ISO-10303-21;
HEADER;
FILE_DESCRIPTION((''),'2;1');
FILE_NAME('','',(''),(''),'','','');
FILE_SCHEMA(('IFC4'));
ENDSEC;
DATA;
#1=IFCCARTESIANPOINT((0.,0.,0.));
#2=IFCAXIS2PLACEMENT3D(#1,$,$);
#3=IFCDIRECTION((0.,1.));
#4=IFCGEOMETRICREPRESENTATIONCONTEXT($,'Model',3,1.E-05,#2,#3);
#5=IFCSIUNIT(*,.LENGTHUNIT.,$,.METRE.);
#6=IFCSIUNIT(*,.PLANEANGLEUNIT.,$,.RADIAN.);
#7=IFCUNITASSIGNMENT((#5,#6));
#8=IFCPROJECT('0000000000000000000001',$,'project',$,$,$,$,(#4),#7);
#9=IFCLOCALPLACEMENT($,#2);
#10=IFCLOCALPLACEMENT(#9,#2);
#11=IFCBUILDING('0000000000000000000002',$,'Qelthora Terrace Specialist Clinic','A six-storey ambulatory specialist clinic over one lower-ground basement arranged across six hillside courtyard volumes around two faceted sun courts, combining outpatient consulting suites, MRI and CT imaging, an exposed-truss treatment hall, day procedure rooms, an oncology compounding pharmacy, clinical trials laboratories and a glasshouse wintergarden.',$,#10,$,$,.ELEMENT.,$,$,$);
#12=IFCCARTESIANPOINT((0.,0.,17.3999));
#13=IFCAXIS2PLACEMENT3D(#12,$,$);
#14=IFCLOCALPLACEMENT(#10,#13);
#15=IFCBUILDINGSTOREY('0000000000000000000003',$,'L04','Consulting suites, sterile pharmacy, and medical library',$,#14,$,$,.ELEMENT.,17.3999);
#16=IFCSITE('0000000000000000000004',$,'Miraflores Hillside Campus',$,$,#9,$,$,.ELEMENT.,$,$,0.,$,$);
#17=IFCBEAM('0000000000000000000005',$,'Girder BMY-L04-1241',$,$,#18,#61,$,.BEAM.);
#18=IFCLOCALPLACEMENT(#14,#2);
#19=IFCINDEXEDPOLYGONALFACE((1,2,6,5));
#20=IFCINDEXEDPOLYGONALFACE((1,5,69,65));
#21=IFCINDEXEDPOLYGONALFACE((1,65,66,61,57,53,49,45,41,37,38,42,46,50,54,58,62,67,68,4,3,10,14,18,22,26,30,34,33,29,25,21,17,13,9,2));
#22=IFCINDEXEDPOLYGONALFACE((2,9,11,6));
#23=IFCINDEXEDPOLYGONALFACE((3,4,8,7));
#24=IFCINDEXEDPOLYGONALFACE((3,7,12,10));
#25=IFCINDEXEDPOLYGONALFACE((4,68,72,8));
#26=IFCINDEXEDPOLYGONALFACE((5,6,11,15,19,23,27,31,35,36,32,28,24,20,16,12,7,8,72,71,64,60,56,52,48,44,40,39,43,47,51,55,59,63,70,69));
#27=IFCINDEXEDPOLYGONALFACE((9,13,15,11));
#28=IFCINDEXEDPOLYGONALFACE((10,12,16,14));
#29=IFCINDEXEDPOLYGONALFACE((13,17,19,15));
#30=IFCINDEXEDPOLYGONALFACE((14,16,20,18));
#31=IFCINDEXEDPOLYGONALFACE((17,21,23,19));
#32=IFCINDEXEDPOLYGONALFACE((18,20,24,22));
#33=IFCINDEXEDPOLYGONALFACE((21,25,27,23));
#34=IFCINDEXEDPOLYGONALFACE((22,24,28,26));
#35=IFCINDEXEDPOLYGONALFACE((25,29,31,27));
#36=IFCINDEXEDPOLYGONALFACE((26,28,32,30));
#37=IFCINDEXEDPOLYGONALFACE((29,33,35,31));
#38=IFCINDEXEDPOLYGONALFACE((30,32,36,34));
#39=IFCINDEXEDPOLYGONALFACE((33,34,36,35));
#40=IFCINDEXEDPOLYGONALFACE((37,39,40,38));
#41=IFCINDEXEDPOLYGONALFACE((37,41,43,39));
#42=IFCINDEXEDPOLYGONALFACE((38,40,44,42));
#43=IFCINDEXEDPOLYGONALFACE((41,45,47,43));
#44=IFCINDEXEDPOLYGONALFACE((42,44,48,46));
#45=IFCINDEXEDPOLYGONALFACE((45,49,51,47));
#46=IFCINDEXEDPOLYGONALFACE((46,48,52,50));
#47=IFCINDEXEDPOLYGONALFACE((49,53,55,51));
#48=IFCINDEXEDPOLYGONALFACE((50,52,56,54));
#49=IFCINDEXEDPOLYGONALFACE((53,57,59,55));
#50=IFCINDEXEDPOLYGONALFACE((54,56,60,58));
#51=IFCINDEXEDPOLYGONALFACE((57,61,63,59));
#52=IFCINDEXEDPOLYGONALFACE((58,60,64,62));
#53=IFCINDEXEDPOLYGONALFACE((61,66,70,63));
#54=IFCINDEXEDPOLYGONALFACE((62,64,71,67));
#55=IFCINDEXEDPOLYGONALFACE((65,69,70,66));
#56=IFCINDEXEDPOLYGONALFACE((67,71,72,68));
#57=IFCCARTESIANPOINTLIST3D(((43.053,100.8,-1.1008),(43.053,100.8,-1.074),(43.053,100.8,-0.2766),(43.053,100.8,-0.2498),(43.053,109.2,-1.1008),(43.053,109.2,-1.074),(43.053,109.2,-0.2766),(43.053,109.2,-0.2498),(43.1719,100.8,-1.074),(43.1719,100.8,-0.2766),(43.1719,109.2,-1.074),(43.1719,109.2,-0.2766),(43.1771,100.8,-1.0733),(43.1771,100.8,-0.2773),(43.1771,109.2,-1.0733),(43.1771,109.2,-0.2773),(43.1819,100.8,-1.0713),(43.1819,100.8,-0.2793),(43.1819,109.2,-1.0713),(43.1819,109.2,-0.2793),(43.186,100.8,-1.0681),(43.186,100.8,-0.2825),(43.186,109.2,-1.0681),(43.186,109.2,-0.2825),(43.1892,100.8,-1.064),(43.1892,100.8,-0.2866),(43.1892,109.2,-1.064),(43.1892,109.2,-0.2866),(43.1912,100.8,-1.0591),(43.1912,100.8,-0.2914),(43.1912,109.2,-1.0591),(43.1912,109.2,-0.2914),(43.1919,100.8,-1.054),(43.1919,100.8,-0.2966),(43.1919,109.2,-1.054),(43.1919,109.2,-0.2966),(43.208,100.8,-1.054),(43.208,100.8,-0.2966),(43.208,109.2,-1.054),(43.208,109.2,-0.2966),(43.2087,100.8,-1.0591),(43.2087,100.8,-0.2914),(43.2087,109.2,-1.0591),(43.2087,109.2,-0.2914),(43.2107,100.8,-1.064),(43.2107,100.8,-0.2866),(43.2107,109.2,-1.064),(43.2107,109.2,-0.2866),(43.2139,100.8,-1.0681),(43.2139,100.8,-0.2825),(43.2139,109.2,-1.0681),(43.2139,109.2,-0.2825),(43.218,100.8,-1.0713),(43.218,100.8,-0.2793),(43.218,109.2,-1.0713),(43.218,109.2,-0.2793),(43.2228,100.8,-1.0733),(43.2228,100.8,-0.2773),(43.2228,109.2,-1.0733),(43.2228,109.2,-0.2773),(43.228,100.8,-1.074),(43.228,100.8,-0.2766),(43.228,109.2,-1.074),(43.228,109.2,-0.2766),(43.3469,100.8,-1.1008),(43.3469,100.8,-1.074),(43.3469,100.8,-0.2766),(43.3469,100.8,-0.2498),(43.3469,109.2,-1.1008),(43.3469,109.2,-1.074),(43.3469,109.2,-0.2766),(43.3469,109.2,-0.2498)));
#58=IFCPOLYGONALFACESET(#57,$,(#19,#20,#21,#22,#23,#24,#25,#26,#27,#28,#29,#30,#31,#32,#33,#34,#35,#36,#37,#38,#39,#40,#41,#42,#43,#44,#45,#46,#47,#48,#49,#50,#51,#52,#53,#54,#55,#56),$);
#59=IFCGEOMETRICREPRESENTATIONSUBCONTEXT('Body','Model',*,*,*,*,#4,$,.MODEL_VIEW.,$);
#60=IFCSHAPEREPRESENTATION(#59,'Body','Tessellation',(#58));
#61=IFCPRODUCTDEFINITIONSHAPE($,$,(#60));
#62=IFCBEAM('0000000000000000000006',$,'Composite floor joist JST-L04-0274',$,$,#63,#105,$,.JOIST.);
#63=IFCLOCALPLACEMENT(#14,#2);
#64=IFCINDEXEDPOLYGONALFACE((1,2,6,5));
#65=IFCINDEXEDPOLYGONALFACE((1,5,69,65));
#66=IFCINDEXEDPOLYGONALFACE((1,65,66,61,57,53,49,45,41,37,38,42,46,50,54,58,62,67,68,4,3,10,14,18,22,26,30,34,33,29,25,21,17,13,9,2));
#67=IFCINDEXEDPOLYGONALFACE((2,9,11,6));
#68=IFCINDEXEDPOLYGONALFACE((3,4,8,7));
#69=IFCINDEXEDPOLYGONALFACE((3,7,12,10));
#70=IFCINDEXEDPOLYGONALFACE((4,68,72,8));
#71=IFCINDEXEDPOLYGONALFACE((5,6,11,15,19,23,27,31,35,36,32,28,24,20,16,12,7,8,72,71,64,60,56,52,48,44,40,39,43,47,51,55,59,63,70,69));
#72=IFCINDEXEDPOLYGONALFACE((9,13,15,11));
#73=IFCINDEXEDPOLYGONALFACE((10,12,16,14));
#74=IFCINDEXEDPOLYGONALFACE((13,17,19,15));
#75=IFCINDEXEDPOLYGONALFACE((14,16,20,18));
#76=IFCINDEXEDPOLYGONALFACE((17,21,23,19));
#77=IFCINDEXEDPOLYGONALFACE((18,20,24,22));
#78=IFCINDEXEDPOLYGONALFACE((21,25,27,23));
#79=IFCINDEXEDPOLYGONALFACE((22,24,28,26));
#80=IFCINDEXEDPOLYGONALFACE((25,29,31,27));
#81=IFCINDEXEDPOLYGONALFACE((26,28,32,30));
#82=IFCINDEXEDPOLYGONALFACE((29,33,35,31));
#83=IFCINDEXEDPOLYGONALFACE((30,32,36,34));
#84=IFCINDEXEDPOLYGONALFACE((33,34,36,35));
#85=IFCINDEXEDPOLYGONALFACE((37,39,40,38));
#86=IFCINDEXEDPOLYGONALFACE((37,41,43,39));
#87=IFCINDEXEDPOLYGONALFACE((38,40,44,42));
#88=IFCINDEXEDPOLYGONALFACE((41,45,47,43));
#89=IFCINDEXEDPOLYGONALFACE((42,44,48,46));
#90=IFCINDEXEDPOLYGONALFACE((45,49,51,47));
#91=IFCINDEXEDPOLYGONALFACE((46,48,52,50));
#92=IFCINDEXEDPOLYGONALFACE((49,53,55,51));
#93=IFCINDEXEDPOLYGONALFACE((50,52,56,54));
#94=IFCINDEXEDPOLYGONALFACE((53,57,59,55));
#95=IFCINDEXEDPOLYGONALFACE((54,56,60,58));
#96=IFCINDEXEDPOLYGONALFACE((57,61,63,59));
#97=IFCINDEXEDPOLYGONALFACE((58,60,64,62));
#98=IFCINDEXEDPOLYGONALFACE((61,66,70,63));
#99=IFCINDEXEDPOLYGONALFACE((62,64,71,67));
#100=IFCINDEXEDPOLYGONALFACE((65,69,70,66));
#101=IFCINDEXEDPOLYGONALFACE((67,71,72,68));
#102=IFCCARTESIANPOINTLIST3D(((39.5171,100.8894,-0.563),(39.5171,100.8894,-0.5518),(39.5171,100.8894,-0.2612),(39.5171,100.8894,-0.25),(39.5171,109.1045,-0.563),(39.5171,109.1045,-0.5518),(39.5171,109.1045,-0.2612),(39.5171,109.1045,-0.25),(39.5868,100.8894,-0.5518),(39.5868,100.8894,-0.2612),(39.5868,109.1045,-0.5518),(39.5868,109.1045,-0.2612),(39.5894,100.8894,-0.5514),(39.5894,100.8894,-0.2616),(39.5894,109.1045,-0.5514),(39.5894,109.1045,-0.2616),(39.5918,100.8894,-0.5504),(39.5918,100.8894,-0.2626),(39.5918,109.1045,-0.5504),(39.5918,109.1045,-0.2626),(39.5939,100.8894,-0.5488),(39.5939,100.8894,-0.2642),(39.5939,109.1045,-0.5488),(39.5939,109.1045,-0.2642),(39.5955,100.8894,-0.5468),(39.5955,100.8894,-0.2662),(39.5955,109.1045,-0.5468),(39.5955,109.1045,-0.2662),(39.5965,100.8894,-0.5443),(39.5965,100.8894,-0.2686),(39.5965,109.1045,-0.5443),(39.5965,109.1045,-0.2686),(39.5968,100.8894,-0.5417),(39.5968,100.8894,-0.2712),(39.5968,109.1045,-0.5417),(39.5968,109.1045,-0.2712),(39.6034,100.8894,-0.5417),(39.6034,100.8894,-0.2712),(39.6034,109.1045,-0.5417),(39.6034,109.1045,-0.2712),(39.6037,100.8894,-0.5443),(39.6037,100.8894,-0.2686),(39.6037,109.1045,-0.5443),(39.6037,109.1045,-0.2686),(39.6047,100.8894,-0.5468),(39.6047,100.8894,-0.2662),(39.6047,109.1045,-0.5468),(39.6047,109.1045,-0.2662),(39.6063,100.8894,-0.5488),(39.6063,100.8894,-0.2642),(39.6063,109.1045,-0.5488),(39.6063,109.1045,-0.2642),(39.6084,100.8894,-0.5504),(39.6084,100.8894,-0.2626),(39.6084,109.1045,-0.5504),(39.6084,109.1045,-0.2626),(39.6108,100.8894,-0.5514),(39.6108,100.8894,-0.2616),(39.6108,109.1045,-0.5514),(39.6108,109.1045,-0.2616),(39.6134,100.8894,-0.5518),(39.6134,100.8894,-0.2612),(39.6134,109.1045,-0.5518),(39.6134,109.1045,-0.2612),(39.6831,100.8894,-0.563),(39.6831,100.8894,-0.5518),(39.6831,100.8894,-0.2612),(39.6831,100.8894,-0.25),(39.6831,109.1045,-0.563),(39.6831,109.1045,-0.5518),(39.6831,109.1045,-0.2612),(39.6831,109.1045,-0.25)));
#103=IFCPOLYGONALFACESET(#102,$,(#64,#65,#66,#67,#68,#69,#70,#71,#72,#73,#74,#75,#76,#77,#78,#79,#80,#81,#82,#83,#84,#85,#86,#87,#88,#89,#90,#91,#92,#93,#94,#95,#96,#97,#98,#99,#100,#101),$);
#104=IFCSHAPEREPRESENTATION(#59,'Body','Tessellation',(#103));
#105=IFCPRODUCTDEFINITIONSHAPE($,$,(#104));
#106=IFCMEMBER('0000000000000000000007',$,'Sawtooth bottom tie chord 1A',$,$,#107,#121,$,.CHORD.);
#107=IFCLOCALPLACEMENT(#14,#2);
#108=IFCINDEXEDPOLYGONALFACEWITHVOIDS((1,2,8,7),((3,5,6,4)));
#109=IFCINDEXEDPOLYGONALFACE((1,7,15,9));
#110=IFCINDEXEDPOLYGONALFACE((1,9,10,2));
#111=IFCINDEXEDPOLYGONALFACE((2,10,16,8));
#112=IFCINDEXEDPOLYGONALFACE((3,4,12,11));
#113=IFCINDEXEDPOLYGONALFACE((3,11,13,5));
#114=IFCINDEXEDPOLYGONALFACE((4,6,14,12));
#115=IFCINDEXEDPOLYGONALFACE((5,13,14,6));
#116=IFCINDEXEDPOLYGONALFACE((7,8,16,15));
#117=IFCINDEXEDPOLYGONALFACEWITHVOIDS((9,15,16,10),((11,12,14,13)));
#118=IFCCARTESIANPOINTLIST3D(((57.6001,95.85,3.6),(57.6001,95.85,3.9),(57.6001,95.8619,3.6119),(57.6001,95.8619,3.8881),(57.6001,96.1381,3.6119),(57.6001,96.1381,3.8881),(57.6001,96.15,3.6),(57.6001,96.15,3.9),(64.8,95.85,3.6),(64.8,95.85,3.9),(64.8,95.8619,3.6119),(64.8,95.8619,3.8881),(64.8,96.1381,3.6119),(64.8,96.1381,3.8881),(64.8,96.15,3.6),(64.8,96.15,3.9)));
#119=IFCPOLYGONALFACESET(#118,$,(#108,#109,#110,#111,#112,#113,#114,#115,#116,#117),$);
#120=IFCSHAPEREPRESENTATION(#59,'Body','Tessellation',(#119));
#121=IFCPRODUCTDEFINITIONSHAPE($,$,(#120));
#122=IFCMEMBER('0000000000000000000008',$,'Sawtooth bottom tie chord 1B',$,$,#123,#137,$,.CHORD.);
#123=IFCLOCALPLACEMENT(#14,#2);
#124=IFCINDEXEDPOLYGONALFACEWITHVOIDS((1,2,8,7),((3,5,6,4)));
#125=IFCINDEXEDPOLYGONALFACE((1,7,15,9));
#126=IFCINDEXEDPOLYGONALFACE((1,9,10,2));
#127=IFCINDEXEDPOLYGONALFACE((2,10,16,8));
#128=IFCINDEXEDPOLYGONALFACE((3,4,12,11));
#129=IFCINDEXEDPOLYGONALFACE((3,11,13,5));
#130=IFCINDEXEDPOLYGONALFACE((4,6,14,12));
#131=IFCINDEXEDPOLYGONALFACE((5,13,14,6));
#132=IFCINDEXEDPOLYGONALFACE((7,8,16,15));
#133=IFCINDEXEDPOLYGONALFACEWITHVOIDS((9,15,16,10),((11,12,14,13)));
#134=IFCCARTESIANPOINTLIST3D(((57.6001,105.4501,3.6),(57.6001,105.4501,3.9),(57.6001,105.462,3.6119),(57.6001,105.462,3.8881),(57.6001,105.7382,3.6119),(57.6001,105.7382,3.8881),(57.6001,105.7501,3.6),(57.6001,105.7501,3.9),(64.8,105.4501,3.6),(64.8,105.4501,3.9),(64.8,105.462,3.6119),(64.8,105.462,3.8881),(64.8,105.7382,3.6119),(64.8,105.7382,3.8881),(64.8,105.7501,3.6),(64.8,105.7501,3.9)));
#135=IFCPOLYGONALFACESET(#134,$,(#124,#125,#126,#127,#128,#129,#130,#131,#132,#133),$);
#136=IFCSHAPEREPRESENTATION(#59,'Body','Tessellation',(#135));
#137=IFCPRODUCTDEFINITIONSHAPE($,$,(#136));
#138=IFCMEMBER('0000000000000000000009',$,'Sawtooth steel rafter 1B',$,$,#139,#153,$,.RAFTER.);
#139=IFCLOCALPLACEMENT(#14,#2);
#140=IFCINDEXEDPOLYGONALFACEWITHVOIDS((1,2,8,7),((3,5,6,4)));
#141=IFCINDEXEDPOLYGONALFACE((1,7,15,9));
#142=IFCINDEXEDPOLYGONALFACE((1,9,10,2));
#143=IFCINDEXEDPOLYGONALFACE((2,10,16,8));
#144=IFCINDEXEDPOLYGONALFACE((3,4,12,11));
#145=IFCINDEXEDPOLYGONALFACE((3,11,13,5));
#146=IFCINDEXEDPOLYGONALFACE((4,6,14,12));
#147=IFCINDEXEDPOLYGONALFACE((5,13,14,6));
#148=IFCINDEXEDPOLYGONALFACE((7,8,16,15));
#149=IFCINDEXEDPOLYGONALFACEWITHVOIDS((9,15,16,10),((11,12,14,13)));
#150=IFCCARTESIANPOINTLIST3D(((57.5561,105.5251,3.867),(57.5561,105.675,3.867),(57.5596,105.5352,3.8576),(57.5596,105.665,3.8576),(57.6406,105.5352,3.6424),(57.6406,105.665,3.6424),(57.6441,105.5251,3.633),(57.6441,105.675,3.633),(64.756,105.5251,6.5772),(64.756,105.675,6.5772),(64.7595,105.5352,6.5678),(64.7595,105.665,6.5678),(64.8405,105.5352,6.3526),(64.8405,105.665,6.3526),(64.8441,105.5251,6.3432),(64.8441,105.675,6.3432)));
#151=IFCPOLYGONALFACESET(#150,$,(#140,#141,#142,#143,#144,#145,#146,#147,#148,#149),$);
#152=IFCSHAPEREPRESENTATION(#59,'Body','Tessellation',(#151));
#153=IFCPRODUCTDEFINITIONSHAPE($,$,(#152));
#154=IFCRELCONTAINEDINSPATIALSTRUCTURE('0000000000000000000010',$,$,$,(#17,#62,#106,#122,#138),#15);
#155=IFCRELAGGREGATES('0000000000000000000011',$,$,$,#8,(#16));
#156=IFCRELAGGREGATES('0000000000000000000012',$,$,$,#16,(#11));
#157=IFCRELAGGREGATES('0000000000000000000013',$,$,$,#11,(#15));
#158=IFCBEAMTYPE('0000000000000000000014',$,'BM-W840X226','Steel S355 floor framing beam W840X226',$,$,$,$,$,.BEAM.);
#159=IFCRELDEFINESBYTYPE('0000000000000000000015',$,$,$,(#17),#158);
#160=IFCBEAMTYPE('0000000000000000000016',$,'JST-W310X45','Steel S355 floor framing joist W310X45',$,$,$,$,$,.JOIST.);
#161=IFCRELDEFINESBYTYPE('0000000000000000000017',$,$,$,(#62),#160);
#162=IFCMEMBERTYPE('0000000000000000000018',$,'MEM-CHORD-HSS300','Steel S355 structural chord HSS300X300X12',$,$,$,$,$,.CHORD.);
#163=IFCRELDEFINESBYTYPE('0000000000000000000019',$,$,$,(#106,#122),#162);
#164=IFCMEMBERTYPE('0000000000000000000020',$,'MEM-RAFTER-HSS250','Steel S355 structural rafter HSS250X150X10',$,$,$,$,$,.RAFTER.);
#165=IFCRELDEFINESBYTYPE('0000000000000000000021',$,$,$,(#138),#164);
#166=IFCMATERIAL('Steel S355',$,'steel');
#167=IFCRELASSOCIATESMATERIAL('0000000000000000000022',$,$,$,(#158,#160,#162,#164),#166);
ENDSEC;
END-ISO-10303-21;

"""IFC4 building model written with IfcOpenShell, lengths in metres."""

from ifc_helpers import new_model, si_unit, direction, frame, origin, origin_2d, place, context, subcontext, project, spatial, hollow_rectangle, i_section, extrude, material, material_profile, profile_set, type_object, element, save


model = new_model("IFC4")

# Units and contexts
model_context = context("Model", 3, precision=1e-05, world=origin(), true_north=direction((0.0, 1.0)))
body_context = subcontext(model_context, "Body", "Model", "MODEL_VIEW")
ifc_project = project(units=[si_unit("LENGTHUNIT", "METRE"), si_unit("PLANEANGLEUNIT", "RADIAN")], contexts=[model_context])

# Site, building, storey
site_placement = place(None, origin())
site = spatial("IfcSite", under=ifc_project, at=site_placement, Name="Miraflores Hillside Campus", CompositionType="ELEMENT", RefElevation=0.0)
building_placement = place(site_placement, origin())
building = spatial("IfcBuilding", under=site, at=building_placement, Name="Qelthora Terrace Specialist Clinic", Description="A six-storey ambulatory specialist clinic over one lower-ground basement arranged across six hillside courtyard volumes around two faceted sun courts, combining outpatient consulting suites, MRI and CT imaging, an exposed-truss treatment hall, day procedure rooms, an oncology compounding pharmacy, clinical trials laboratories and a glasshouse wintergarden.", CompositionType="ELEMENT")
storey_placement = place(building_placement, frame((0.0, 0.0, 17.3999)))
storey = spatial("IfcBuildingStorey", under=building, at=storey_placement, Name="L04", Description="Consulting suites, sterile pharmacy, and medical library", CompositionType="ELEMENT", Elevation=17.3999)

# Shared definitions
ifc_material_1 = material(Name="Steel S355", Category="steel")

# Beams
ifc_material_profile_1 = material_profile(ifc_material_1, i_section(OverallWidth=0.2939, OverallDepth=0.8511, WebThickness=0.0161, FlangeThickness=0.0269, FilletRadius=0.02, at=origin_2d()), Name="W840X226")
ifc_profile_set_1 = profile_set([ifc_material_profile_1], Name="Steel S355")
beam_type_1 = type_object("IfcBeamType", Name="BM-W840X226", Description="Steel S355 floor framing beam W840X226", PredefinedType="BEAM", material=ifc_profile_set_1)
beam_1_placement = place(storey_placement, frame((43.2, 100.8, -0.6753), z_axis=(0.0, 1.0, 0.0), x_axis=(-1.0, 0.0, 0.0)))
element("IfcBeam", 1, at=beam_1_placement, inside=storey, type_object=beam_type_1, Name="Girder BMY-L04-1241", PredefinedType="BEAM", context=body_context, shape_type="SweptSolid", body=[
    extrude(i_section(OverallWidth=0.2939, OverallDepth=0.8511, WebThickness=0.0161, FlangeThickness=0.0269, FilletRadius=0.02, at=origin_2d()), origin(), (0.0, 0.0, 1.0), 8.3999),
])
ifc_material_profile_2 = material_profile(ifc_material_1, i_section(OverallWidth=0.166, OverallDepth=0.313, WebThickness=0.0066, FlangeThickness=0.0112, FilletRadius=0.01, at=origin_2d()), Name="W310X45")
ifc_profile_set_2 = profile_set([ifc_material_profile_2], Name="Steel S355")
beam_type_2 = type_object("IfcBeamType", Name="JST-W310X45", Description="Steel S355 floor framing joist W310X45", PredefinedType="JOIST", material=ifc_profile_set_2)
beam_2_placement = place(storey_placement, frame((39.6001, 100.8894, -0.4065), z_axis=(0.0, 1.0, 0.0), x_axis=(-1.0, 0.0, 0.0)))
element("IfcBeam", 2, at=beam_2_placement, inside=storey, type_object=beam_type_2, Name="Composite floor joist JST-L04-0274", PredefinedType="JOIST", context=body_context, shape_type="SweptSolid", body=[
    extrude(i_section(OverallWidth=0.166, OverallDepth=0.313, WebThickness=0.0066, FlangeThickness=0.0112, FilletRadius=0.01, at=origin_2d()), origin(), (0.0, 0.0, 1.0), 8.2151),
])

# Members
ifc_material_profile_3 = material_profile(ifc_material_1, hollow_rectangle(XDim=0.3, YDim=0.3, WallThickness=0.012, at=origin_2d()), Name="HSS300X300X12")
ifc_profile_set_3 = profile_set([ifc_material_profile_3], Name="Steel S355")
member_type_1 = type_object("IfcMemberType", Name="MEM-CHORD-HSS300", Description="Steel S355 structural chord HSS300X300X12", PredefinedType="CHORD", material=ifc_profile_set_3)
for number, where, z_axis, x_axis, name in (
    (3, (57.6001, 96.0, 3.75), (1.0, 0.0, 0.0), (0.0, 1.0, 0.0), "Sawtooth bottom tie chord 1A"),
    (4, (57.6001, 105.6001, 3.75), (1.0, 0.0, 0.0), (0.0, 1.0, 0.0), "Sawtooth bottom tie chord 1B"),
):
    element("IfcMember", number, at=place(storey_placement, frame(where, z_axis=z_axis, x_axis=x_axis)), inside=storey, type_object=member_type_1, Name=name, PredefinedType="CHORD", context=body_context, shape_type="SweptSolid", body=[
        extrude(hollow_rectangle(XDim=0.3, YDim=0.3, WallThickness=0.012, at=origin_2d()), origin(), (0.0, 0.0, 1.0), 7.2),
    ])
ifc_material_profile_4 = material_profile(ifc_material_1, hollow_rectangle(XDim=0.1499, YDim=0.25, WallThickness=0.01, at=origin_2d()), Name="HSS250X150X10")
ifc_profile_set_4 = profile_set([ifc_material_profile_4], Name="Steel S355")
member_type_2 = type_object("IfcMemberType", Name="MEM-RAFTER-HSS250", Description="Steel S355 structural rafter HSS250X150X10", PredefinedType="RAFTER", material=ifc_profile_set_4)
member_placement = place(storey_placement, frame((57.6001, 105.6001, 3.75), z_axis=(0.935892, 0.0, 0.352288), x_axis=(0.0, 1.0, 0.0)))
element("IfcMember", 5, at=member_placement, inside=storey, type_object=member_type_2, Name="Sawtooth steel rafter 1B", PredefinedType="RAFTER", context=body_context, shape_type="SweptSolid", body=[
    extrude(hollow_rectangle(XDim=0.1499, YDim=0.25, WallThickness=0.01, at=origin_2d()), origin(), (0.0, 0.0, 1.0), 7.6931),
])

save(model, "model.ifc")
